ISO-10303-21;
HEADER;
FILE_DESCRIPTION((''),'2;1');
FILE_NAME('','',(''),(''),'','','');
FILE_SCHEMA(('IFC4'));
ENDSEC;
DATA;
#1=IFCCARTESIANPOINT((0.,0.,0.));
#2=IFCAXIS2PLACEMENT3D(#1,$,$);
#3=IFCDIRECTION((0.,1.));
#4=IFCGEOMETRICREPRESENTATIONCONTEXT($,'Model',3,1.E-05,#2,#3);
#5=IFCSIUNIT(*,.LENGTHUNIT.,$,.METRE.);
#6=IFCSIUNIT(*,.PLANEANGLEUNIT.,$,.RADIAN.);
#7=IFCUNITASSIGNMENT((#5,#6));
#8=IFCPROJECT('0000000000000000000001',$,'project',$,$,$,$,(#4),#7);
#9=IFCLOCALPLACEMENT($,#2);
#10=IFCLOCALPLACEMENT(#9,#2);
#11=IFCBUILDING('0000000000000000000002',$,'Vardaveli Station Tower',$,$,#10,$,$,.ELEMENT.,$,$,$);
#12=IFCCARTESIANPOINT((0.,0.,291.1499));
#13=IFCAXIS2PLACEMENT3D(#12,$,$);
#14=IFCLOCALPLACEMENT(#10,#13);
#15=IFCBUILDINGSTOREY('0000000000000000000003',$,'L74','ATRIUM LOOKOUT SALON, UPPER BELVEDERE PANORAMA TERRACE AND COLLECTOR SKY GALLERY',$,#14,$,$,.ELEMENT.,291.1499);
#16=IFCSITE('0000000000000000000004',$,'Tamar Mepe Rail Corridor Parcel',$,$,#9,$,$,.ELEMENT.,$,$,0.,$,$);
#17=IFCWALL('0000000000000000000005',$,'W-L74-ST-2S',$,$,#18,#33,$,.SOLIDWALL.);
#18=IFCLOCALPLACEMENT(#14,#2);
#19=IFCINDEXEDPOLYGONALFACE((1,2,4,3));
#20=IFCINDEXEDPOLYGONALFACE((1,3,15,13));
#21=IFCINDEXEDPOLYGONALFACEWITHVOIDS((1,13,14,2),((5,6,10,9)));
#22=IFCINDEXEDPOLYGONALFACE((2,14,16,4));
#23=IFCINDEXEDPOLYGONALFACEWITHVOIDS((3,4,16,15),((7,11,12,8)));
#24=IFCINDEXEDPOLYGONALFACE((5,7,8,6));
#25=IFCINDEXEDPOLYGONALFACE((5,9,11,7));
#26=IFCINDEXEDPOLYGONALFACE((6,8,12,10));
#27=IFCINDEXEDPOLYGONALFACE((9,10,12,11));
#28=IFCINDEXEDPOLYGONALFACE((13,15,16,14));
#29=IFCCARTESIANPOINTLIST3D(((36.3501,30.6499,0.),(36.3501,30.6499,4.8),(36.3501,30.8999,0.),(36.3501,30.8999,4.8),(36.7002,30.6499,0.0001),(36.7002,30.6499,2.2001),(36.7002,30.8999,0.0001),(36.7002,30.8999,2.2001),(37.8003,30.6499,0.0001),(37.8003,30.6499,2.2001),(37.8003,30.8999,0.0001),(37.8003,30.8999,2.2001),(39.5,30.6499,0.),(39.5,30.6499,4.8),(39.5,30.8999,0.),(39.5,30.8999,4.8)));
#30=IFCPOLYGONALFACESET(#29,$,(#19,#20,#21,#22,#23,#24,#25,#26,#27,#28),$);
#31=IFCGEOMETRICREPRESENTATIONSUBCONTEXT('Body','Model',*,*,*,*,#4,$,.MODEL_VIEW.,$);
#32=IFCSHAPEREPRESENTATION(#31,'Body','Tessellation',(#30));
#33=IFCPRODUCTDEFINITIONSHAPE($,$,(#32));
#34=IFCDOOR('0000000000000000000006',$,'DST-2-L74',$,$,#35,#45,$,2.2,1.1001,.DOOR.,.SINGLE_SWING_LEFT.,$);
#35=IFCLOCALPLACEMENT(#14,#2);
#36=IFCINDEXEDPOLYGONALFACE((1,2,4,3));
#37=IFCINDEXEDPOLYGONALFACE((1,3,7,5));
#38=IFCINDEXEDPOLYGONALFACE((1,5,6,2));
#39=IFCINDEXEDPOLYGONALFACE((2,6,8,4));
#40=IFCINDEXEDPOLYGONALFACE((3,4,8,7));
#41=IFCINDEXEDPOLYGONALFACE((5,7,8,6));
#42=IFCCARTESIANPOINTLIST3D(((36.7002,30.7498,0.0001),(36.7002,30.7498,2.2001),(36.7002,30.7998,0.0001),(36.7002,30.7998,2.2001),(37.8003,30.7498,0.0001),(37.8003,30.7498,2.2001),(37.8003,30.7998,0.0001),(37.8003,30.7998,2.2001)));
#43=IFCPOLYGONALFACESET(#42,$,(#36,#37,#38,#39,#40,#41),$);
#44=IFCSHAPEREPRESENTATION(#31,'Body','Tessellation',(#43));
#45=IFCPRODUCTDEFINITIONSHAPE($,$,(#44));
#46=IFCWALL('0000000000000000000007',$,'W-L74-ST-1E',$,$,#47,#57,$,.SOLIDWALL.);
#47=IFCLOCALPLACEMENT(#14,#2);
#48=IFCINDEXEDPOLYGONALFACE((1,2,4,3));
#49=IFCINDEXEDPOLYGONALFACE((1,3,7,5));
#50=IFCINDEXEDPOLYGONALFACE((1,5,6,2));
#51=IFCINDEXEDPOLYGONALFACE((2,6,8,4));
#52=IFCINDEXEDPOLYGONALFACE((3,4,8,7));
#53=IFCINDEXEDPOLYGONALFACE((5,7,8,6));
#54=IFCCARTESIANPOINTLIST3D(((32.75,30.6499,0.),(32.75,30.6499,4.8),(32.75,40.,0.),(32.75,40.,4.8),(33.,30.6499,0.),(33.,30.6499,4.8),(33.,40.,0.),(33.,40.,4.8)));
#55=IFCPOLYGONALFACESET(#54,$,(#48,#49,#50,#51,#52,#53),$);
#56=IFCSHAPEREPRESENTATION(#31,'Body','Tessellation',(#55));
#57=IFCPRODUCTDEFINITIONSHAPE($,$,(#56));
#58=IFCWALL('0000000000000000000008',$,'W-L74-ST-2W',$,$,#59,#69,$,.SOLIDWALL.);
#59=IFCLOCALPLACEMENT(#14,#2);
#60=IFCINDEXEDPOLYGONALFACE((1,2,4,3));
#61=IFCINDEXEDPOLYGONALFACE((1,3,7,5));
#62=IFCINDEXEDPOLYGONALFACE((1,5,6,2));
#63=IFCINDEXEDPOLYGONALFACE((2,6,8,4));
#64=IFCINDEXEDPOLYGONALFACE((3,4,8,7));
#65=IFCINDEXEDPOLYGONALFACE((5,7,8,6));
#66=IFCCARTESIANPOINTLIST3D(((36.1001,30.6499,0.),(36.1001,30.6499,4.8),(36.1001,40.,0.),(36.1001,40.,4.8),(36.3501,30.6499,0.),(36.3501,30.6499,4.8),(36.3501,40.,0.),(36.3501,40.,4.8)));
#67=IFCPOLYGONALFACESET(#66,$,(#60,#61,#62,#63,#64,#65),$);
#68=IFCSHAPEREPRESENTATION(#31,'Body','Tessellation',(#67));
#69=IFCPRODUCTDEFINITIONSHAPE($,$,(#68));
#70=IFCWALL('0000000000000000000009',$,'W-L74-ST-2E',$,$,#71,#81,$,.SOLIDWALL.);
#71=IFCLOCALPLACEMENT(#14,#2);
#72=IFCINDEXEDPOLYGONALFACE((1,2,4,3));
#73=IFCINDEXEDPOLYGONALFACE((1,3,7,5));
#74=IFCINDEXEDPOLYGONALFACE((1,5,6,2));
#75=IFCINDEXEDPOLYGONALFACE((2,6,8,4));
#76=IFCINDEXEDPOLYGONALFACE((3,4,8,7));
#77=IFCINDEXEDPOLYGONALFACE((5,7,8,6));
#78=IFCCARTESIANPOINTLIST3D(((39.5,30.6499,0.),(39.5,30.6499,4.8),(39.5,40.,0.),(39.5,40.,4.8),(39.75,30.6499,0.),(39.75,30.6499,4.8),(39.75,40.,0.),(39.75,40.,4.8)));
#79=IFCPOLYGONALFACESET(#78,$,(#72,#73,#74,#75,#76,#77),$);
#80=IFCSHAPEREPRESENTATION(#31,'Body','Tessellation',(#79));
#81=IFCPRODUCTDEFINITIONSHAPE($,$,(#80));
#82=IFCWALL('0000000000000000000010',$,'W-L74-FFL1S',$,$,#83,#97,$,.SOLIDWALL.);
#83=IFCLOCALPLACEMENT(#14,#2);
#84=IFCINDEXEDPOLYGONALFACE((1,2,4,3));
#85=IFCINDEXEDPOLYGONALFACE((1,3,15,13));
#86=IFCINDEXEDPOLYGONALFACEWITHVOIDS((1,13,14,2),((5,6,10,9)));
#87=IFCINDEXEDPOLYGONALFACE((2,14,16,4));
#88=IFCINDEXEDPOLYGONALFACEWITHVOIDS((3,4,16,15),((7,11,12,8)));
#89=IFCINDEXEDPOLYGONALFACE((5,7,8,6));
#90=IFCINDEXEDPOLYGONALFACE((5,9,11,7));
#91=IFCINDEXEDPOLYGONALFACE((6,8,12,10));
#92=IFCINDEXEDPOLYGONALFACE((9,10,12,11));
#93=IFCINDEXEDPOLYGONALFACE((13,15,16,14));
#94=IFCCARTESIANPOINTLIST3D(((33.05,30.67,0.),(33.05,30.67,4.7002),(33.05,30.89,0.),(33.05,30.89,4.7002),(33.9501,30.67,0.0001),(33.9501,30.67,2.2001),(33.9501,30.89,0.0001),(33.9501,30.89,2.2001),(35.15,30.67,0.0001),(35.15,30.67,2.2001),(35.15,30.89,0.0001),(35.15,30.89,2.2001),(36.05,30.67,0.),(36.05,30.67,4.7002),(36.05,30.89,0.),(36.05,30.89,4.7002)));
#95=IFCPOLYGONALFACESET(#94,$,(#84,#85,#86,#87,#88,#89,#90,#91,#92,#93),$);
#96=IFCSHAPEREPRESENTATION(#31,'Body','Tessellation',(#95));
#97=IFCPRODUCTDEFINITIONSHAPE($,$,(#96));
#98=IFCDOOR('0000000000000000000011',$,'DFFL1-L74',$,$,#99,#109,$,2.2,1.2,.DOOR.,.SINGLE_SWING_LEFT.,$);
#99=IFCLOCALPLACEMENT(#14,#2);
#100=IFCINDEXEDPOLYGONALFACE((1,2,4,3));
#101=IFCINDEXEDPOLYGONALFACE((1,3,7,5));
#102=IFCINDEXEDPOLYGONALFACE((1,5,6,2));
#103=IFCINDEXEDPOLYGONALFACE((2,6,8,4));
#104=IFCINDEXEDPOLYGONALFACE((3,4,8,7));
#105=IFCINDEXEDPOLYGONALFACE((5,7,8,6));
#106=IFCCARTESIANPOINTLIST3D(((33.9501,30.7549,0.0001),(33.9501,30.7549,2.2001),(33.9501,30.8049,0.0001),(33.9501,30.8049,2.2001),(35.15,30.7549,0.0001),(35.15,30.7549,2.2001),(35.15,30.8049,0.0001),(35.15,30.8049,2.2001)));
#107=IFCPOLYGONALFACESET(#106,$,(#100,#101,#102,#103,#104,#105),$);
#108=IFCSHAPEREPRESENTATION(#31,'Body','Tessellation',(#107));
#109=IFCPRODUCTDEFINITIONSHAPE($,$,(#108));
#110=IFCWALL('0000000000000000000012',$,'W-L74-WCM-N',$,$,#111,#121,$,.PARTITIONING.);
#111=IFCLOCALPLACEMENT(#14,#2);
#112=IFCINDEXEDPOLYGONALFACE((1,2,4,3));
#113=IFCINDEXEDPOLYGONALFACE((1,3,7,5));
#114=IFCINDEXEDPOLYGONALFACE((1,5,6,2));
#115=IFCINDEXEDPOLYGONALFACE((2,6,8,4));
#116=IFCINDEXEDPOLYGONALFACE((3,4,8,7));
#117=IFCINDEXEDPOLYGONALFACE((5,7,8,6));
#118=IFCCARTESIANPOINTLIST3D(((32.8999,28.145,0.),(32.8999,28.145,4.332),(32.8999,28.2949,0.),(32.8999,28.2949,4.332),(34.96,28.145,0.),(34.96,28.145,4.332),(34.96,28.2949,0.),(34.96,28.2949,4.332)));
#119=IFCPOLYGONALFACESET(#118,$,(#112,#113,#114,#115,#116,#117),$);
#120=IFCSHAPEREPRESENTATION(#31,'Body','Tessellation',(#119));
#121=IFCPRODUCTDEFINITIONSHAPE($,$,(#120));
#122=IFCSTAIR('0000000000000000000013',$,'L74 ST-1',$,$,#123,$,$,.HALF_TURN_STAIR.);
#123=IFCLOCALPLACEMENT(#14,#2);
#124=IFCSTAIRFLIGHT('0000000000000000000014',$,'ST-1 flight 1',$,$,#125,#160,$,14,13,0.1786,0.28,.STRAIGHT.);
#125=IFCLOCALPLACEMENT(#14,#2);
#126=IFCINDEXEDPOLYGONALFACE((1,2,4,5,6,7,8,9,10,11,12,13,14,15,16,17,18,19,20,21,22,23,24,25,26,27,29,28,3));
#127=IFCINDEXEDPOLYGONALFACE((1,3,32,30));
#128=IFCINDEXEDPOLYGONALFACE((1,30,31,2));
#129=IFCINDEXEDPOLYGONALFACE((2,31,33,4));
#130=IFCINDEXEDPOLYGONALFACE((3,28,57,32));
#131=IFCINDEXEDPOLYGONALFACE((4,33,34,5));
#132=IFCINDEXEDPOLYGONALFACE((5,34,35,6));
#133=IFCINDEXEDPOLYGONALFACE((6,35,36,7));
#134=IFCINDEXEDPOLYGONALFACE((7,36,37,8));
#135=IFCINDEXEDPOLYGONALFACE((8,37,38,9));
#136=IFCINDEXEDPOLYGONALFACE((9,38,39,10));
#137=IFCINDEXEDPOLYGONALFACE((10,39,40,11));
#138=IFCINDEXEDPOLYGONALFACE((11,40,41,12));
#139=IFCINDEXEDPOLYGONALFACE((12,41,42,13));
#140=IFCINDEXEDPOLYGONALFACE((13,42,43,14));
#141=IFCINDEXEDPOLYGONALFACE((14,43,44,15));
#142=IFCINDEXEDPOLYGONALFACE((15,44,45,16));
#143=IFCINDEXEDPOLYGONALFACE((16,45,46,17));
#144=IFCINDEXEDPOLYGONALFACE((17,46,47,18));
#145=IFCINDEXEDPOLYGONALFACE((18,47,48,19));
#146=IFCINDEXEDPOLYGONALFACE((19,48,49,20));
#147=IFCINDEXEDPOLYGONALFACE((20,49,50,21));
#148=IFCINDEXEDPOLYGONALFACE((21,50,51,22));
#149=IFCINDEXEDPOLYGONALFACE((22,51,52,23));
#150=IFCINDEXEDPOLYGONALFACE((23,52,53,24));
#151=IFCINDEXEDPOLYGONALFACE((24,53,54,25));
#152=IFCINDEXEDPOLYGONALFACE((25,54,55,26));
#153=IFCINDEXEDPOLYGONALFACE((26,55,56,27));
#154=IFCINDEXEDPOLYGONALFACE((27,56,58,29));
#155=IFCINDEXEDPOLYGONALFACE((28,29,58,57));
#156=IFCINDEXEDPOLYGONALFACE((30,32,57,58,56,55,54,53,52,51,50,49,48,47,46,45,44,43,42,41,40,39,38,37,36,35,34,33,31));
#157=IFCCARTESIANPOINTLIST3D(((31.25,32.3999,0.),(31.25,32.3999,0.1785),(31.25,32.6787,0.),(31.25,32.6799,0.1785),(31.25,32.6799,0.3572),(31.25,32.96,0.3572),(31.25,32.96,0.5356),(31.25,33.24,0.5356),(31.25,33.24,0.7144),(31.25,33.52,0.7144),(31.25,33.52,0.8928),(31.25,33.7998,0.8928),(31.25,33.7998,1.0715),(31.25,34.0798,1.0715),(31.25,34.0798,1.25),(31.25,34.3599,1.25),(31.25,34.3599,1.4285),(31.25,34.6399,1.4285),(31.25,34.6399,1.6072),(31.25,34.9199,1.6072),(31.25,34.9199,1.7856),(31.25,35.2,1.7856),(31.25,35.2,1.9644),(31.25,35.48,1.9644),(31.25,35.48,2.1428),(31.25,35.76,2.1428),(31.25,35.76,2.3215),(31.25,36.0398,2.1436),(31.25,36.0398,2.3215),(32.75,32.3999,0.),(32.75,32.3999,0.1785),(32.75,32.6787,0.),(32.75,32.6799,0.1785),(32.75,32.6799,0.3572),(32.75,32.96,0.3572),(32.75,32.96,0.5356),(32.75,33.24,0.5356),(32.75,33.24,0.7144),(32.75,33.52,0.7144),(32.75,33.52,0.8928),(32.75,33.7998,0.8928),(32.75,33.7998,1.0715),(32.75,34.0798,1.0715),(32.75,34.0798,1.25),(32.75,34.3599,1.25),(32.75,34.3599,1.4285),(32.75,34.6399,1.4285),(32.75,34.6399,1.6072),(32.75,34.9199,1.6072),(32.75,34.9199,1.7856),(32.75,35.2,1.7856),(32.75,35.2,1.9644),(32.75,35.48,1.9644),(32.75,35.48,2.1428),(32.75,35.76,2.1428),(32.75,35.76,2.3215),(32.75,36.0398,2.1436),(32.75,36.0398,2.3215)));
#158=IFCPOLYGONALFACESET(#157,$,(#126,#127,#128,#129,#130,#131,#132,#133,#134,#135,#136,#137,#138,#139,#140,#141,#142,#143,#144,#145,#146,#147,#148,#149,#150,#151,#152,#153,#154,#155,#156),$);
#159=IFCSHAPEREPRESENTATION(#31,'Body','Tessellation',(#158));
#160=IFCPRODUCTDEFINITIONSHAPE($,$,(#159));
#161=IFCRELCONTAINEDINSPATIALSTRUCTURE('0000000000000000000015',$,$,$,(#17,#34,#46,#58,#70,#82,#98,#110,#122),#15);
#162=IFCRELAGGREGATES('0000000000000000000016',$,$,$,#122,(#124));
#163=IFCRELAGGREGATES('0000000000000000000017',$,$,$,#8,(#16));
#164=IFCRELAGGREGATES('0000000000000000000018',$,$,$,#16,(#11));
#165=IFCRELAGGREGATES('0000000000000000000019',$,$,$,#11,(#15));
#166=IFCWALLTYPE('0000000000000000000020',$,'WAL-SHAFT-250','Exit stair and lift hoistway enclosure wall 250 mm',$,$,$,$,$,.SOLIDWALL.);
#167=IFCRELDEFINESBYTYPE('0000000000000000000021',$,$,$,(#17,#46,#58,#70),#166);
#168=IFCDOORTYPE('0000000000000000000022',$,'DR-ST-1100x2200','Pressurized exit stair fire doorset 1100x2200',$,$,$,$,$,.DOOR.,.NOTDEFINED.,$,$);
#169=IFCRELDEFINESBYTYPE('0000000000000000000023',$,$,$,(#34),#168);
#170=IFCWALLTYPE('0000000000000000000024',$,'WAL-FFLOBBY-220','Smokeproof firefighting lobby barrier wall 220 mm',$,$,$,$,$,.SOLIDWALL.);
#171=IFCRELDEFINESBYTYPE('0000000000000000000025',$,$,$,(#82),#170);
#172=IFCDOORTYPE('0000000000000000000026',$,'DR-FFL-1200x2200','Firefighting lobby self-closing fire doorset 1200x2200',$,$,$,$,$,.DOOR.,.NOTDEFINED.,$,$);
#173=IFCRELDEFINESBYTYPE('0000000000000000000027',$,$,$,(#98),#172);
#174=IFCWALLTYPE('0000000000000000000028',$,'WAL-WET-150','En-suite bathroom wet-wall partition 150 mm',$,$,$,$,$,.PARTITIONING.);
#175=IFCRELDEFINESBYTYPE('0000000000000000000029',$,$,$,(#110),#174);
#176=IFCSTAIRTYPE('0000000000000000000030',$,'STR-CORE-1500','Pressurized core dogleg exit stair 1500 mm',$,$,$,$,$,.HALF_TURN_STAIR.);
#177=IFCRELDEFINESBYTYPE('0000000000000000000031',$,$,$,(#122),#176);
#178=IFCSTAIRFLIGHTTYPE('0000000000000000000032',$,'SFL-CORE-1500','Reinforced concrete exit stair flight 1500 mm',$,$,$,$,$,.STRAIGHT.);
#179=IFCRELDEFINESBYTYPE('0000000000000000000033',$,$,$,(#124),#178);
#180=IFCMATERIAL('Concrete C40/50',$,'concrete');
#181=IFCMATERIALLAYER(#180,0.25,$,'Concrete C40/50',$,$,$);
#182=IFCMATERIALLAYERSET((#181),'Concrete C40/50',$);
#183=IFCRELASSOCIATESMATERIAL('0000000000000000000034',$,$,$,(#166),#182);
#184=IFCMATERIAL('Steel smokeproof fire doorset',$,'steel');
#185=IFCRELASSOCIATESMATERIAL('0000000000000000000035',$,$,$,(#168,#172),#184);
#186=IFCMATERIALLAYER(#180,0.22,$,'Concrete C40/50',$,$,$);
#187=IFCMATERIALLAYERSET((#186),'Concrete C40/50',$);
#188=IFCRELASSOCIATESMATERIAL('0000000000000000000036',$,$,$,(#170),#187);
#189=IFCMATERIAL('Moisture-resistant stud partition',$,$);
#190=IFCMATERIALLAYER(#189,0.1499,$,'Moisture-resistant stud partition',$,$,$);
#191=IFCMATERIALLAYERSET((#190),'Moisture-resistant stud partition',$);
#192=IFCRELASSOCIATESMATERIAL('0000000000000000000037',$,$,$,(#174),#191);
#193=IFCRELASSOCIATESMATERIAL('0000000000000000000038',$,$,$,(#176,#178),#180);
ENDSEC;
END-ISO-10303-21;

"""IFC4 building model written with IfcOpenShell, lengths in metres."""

from ifc_helpers import new_model, si_unit, direction, frame, frame_2d, origin, place, context, subcontext, project, spatial, polyline, rectangle, outline, extrude, source, transform, mapped, material, layer, layer_set, type_object, element, fill, aggregate, save


model = new_model("IFC4")

# Units and contexts
model_context = context("Model", 3, precision=1e-05, world=origin(), true_north=direction((0.0, 1.0)))
body_context = subcontext(model_context, "Body", "Model", "MODEL_VIEW")
ifc_project = project(units=[si_unit("LENGTHUNIT", "METRE"), si_unit("PLANEANGLEUNIT", "RADIAN")], contexts=[model_context])

# Site, building, storey
site_placement = place(None, origin())
site = spatial("IfcSite", under=ifc_project, at=site_placement, Name="Tamar Mepe Rail Corridor Parcel", CompositionType="ELEMENT", RefElevation=0.0)
building_placement = place(site_placement, origin())
building = spatial("IfcBuilding", under=site, at=building_placement, Name="Vardaveli Station Tower", CompositionType="ELEMENT")
storey_placement = place(building_placement, frame((0.0, 0.0, 291.1499)))
storey = spatial("IfcBuildingStorey", under=building, at=storey_placement, Name="L74", Description="ATRIUM LOOKOUT SALON, UPPER BELVEDERE PANORAMA TERRACE AND COLLECTOR SKY GALLERY", CompositionType="ELEMENT", Elevation=291.1499)

# Wall, opening, door
ifc_material_1 = material(Name="Concrete C40/50", Category="concrete")
ifc_layer_1 = layer(ifc_material_1, 0.25, Name="Concrete C40/50")
ifc_layer_set_1 = layer_set([ifc_layer_1], Name="Concrete C40/50")
wall_type_1 = type_object("IfcWallType", Name="WAL-SHAFT-250", Description="Exit stair and lift hoistway enclosure wall 250 mm", PredefinedType="SOLIDWALL", material=ifc_layer_set_1)
shared_shape_1 = source(origin(), body_context, "Body", "SweptSolid", [
    extrude(rectangle(XDim=3.1499, YDim=0.25, at=frame_2d((1.575, 0.0))), origin(), (0.0, 0.0, 1.0), 4.8),
])
wall_1_placement = place(storey_placement, frame((36.3501, 30.7749, 0.0), z_axis=(0.0, 0.0, 1.0), x_axis=(1.0, 0.0, 0.0)))
wall_1 = element("IfcWall", 1, at=wall_1_placement, inside=storey, type_object=wall_type_1, Name="W-L74-ST-2S", PredefinedType="SOLIDWALL", context=body_context, shape_type="MappedRepresentation", body=[
    mapped(shared_shape_1, transform((0.0, 0.0, 0.0), scale=1.0)),
])
shared_shape_2 = source(origin(), body_context, "Body", "SweptSolid", [
    extrude(rectangle(XDim=1.1001, YDim=2.2, at=frame_2d((0.55, 1.1001))), frame((0.0, 0.135, 0.0), z_axis=(0.0, -1.0, 0.0), x_axis=(1.0, 0.0, 0.0)), (0.0, 0.0, 1.0), 0.27),
])
opening_1_placement = place(wall_1_placement, frame((0.3501, 0.0, 0.0)))
opening_1 = element("IfcOpeningElement", 2, at=opening_1_placement, cuts=wall_1, PredefinedType="OPENING", context=body_context, shape_type="MappedRepresentation", body=[
    mapped(shared_shape_2, transform((0.0, 0.0, 0.0), scale=1.0)),
])
ifc_material_2 = material(Name="Steel smokeproof fire doorset", Category="steel")
door_type_1 = type_object("IfcDoorType", Name="DR-ST-1100x2200", Description="Pressurized exit stair fire doorset 1100x2200", OperationType="NOTDEFINED", PredefinedType="DOOR", material=ifc_material_2)
shared_shape_3 = source(origin(), body_context, "Body", "SweptSolid", [
    extrude(rectangle(XDim=1.1001, YDim=2.2, at=frame_2d((0.55, 1.1001))), frame((0.0, 0.0249, 0.0), z_axis=(0.0, -1.0, 0.0), x_axis=(1.0, 0.0, 0.0)), (0.0, 0.0, 1.0), 0.05),
])
door_1_placement = place(opening_1_placement, origin())
door_1 = element("IfcDoor", 3, at=door_1_placement, inside=storey, type_object=door_type_1, Name="DST-2-L74", OperationType="SINGLE_SWING_LEFT", OverallHeight=2.2, OverallWidth=1.1001, PredefinedType="DOOR", context=body_context, shape_type="MappedRepresentation", body=[
    mapped(shared_shape_3, transform((0.0, 0.0, 0.0), scale=1.0)),
])
fill(opening_1, door_1)

# Walls
shared_shape_4 = source(origin(), body_context, "Body", "SweptSolid", [
    extrude(rectangle(XDim=9.3501, YDim=0.25, at=frame_2d((4.675, 0.0))), origin(), (0.0, 0.0, 1.0), 4.8),
])
for number, where, z_axis, x_axis, name in (
    (4, (32.875, 30.6499, 0.0), (0.0, 0.0, 1.0), (0.0, 1.0, 0.0), "W-L74-ST-1E"),
    (5, (36.2251, 30.6499, 0.0), (0.0, 0.0, 1.0), (0.0, 1.0, 0.0), "W-L74-ST-2W"),
    (6, (39.625, 30.6499, 0.0), (0.0, 0.0, 1.0), (0.0, 1.0, 0.0), "W-L74-ST-2E"),
):
    element("IfcWall", number, at=place(storey_placement, frame(where, z_axis=z_axis, x_axis=x_axis)), inside=storey, type_object=wall_type_1, Name=name, PredefinedType="SOLIDWALL", context=body_context, shape_type="MappedRepresentation", body=[
        mapped(shared_shape_4, transform((0.0, 0.0, 0.0), scale=1.0)),
    ])

# Wall, opening, door
ifc_layer_2 = layer(ifc_material_1, 0.22, Name="Concrete C40/50")
ifc_layer_set_2 = layer_set([ifc_layer_2], Name="Concrete C40/50")
wall_type_2 = type_object("IfcWallType", Name="WAL-FFLOBBY-220", Description="Smokeproof firefighting lobby barrier wall 220 mm", PredefinedType="SOLIDWALL", material=ifc_layer_set_2)
shared_shape_5 = source(origin(), body_context, "Body", "SweptSolid", [
    extrude(rectangle(XDim=3.0, YDim=0.22, at=frame_2d((1.5, 0.0))), origin(), (0.0, 0.0, 1.0), 4.7002),
])
wall_2_placement = place(storey_placement, frame((33.05, 30.78, 0.0), z_axis=(0.0, 0.0, 1.0), x_axis=(1.0, 0.0, 0.0)))
wall_2 = element("IfcWall", 7, at=wall_2_placement, inside=storey, type_object=wall_type_2, Name="W-L74-FFL1S", PredefinedType="SOLIDWALL", context=body_context, shape_type="MappedRepresentation", body=[
    mapped(shared_shape_5, transform((0.0, 0.0, 0.0), scale=1.0)),
])
shared_shape_6 = source(origin(), body_context, "Body", "SweptSolid", [
    extrude(rectangle(XDim=1.2, YDim=2.2, at=frame_2d((0.6001, 1.1001))), frame((0.0, 0.1201, 0.0), z_axis=(0.0, -1.0, 0.0), x_axis=(1.0, 0.0, 0.0)), (0.0, 0.0, 1.0), 0.24),
])
opening_2_placement = place(wall_2_placement, frame((0.8999, 0.0, 0.0)))
opening_2 = element("IfcOpeningElement", 8, at=opening_2_placement, cuts=wall_2, PredefinedType="OPENING", context=body_context, shape_type="MappedRepresentation", body=[
    mapped(shared_shape_6, transform((0.0, 0.0, 0.0), scale=1.0)),
])
door_type_2 = type_object("IfcDoorType", Name="DR-FFL-1200x2200", Description="Firefighting lobby self-closing fire doorset 1200x2200", OperationType="NOTDEFINED", PredefinedType="DOOR", material=ifc_material_2)
shared_shape_7 = source(origin(), body_context, "Body", "SweptSolid", [
    extrude(rectangle(XDim=1.2, YDim=2.2, at=frame_2d((0.6001, 1.1001))), frame((0.0, 0.0249, 0.0), z_axis=(0.0, -1.0, 0.0), x_axis=(1.0, 0.0, 0.0)), (0.0, 0.0, 1.0), 0.05),
])
door_2_placement = place(opening_2_placement, origin())
door_2 = element("IfcDoor", 9, at=door_2_placement, inside=storey, type_object=door_type_2, Name="DFFL1-L74", OperationType="SINGLE_SWING_LEFT", OverallHeight=2.2, OverallWidth=1.2, PredefinedType="DOOR", context=body_context, shape_type="MappedRepresentation", body=[
    mapped(shared_shape_7, transform((0.0, 0.0, 0.0), scale=1.0)),
])
fill(opening_2, door_2)

# Wall
ifc_material_3 = material(Name="Moisture-resistant stud partition")
ifc_layer_3 = layer(ifc_material_3, 0.1499, Name="Moisture-resistant stud partition")
ifc_layer_set_3 = layer_set([ifc_layer_3], Name="Moisture-resistant stud partition")
wall_type_3 = type_object("IfcWallType", Name="WAL-WET-150", Description="En-suite bathroom wet-wall partition 150 mm", PredefinedType="PARTITIONING", material=ifc_layer_set_3)
shared_shape_8 = source(origin(), body_context, "Body", "SweptSolid", [
    extrude(rectangle(XDim=2.0601, YDim=0.1499, at=frame_2d((1.03, 0.0))), origin(), (0.0, 0.0, 1.0), 4.332),
])
wall_3_placement = place(storey_placement, frame((32.8999, 28.22, 0.0), z_axis=(0.0, 0.0, 1.0), x_axis=(1.0, 0.0, 0.0)))
element("IfcWall", 10, at=wall_3_placement, inside=storey, type_object=wall_type_3, Name="W-L74-WCM-N", PredefinedType="PARTITIONING", context=body_context, shape_type="MappedRepresentation", body=[
    mapped(shared_shape_8, transform((0.0, 0.0, 0.0), scale=1.0)),
])

# Stair, stair flight
stair_type = type_object("IfcStairType", Name="STR-CORE-1500", Description="Pressurized core dogleg exit stair 1500 mm", PredefinedType="HALF_TURN_STAIR", material=ifc_material_1)
stair_1_placement = place(storey_placement, origin())
stair_1 = element("IfcStair", 11, at=stair_1_placement, inside=storey, type_object=stair_type, Name="L74 ST-1", PredefinedType="HALF_TURN_STAIR")
stair_flight_type = type_object("IfcStairFlightType", Name="SFL-CORE-1500", Description="Reinforced concrete exit stair flight 1500 mm", PredefinedType="STRAIGHT", material=ifc_material_1)
shared_shape_9 = source(origin(), body_context, "Body", "SweptSolid", [
    extrude(outline(polyline([(0.0, 0.0), (0.0, 0.1785), (0.28, 0.1785), (0.28, 0.3572), (0.5601, 0.3572), (0.5601, 0.5356), (0.8401, 0.5356), (0.8401, 0.7144), (1.1201, 0.7144), (1.1201, 0.8928), (1.3999, 0.8928), (1.3999, 1.0715), (1.6799, 1.0715), (1.6799, 1.25), (1.96, 1.25), (1.96, 1.4285), (2.24, 1.4285), (2.24, 1.6072), (2.52, 1.6072), (2.52, 1.7856), (2.8, 1.7856), (2.8, 1.9644), (3.0801, 1.9644), (3.0801, 2.1428), (3.3601, 2.1428), (3.3601, 2.3215), (3.6399, 2.3215), (3.6399, 2.5), (3.6399, 2.1436), (0.2788, 0.0), (0.0, 0.0)])), frame((0.0, 0.75, 0.0), z_axis=(0.0, -1.0, 0.0), x_axis=(1.0, 0.0, 0.0)), (0.0, 0.0, 1.0), 1.5),
])
stair_flight_1_placement = place(storey_placement, frame((32.0, 32.3999, 0.0), z_axis=(0.0, 0.0, 1.0), x_axis=(0.0, 1.0, 0.0)))
stair_flight_1 = element("IfcStairFlight", 12, at=stair_flight_1_placement, type_object=stair_flight_type, Name="ST-1 flight 1", NumberOfRisers=14, NumberOfTreads=13, PredefinedType="STRAIGHT", RiserHeight=0.1786, TreadLength=0.28, context=body_context, shape_type="MappedRepresentation", body=[
    mapped(shared_shape_9, transform((0.0, 0.0, 0.0), scale=1.0)),
])
aggregate(stair_1, [stair_flight_1])

save(model, "model.ifc")
